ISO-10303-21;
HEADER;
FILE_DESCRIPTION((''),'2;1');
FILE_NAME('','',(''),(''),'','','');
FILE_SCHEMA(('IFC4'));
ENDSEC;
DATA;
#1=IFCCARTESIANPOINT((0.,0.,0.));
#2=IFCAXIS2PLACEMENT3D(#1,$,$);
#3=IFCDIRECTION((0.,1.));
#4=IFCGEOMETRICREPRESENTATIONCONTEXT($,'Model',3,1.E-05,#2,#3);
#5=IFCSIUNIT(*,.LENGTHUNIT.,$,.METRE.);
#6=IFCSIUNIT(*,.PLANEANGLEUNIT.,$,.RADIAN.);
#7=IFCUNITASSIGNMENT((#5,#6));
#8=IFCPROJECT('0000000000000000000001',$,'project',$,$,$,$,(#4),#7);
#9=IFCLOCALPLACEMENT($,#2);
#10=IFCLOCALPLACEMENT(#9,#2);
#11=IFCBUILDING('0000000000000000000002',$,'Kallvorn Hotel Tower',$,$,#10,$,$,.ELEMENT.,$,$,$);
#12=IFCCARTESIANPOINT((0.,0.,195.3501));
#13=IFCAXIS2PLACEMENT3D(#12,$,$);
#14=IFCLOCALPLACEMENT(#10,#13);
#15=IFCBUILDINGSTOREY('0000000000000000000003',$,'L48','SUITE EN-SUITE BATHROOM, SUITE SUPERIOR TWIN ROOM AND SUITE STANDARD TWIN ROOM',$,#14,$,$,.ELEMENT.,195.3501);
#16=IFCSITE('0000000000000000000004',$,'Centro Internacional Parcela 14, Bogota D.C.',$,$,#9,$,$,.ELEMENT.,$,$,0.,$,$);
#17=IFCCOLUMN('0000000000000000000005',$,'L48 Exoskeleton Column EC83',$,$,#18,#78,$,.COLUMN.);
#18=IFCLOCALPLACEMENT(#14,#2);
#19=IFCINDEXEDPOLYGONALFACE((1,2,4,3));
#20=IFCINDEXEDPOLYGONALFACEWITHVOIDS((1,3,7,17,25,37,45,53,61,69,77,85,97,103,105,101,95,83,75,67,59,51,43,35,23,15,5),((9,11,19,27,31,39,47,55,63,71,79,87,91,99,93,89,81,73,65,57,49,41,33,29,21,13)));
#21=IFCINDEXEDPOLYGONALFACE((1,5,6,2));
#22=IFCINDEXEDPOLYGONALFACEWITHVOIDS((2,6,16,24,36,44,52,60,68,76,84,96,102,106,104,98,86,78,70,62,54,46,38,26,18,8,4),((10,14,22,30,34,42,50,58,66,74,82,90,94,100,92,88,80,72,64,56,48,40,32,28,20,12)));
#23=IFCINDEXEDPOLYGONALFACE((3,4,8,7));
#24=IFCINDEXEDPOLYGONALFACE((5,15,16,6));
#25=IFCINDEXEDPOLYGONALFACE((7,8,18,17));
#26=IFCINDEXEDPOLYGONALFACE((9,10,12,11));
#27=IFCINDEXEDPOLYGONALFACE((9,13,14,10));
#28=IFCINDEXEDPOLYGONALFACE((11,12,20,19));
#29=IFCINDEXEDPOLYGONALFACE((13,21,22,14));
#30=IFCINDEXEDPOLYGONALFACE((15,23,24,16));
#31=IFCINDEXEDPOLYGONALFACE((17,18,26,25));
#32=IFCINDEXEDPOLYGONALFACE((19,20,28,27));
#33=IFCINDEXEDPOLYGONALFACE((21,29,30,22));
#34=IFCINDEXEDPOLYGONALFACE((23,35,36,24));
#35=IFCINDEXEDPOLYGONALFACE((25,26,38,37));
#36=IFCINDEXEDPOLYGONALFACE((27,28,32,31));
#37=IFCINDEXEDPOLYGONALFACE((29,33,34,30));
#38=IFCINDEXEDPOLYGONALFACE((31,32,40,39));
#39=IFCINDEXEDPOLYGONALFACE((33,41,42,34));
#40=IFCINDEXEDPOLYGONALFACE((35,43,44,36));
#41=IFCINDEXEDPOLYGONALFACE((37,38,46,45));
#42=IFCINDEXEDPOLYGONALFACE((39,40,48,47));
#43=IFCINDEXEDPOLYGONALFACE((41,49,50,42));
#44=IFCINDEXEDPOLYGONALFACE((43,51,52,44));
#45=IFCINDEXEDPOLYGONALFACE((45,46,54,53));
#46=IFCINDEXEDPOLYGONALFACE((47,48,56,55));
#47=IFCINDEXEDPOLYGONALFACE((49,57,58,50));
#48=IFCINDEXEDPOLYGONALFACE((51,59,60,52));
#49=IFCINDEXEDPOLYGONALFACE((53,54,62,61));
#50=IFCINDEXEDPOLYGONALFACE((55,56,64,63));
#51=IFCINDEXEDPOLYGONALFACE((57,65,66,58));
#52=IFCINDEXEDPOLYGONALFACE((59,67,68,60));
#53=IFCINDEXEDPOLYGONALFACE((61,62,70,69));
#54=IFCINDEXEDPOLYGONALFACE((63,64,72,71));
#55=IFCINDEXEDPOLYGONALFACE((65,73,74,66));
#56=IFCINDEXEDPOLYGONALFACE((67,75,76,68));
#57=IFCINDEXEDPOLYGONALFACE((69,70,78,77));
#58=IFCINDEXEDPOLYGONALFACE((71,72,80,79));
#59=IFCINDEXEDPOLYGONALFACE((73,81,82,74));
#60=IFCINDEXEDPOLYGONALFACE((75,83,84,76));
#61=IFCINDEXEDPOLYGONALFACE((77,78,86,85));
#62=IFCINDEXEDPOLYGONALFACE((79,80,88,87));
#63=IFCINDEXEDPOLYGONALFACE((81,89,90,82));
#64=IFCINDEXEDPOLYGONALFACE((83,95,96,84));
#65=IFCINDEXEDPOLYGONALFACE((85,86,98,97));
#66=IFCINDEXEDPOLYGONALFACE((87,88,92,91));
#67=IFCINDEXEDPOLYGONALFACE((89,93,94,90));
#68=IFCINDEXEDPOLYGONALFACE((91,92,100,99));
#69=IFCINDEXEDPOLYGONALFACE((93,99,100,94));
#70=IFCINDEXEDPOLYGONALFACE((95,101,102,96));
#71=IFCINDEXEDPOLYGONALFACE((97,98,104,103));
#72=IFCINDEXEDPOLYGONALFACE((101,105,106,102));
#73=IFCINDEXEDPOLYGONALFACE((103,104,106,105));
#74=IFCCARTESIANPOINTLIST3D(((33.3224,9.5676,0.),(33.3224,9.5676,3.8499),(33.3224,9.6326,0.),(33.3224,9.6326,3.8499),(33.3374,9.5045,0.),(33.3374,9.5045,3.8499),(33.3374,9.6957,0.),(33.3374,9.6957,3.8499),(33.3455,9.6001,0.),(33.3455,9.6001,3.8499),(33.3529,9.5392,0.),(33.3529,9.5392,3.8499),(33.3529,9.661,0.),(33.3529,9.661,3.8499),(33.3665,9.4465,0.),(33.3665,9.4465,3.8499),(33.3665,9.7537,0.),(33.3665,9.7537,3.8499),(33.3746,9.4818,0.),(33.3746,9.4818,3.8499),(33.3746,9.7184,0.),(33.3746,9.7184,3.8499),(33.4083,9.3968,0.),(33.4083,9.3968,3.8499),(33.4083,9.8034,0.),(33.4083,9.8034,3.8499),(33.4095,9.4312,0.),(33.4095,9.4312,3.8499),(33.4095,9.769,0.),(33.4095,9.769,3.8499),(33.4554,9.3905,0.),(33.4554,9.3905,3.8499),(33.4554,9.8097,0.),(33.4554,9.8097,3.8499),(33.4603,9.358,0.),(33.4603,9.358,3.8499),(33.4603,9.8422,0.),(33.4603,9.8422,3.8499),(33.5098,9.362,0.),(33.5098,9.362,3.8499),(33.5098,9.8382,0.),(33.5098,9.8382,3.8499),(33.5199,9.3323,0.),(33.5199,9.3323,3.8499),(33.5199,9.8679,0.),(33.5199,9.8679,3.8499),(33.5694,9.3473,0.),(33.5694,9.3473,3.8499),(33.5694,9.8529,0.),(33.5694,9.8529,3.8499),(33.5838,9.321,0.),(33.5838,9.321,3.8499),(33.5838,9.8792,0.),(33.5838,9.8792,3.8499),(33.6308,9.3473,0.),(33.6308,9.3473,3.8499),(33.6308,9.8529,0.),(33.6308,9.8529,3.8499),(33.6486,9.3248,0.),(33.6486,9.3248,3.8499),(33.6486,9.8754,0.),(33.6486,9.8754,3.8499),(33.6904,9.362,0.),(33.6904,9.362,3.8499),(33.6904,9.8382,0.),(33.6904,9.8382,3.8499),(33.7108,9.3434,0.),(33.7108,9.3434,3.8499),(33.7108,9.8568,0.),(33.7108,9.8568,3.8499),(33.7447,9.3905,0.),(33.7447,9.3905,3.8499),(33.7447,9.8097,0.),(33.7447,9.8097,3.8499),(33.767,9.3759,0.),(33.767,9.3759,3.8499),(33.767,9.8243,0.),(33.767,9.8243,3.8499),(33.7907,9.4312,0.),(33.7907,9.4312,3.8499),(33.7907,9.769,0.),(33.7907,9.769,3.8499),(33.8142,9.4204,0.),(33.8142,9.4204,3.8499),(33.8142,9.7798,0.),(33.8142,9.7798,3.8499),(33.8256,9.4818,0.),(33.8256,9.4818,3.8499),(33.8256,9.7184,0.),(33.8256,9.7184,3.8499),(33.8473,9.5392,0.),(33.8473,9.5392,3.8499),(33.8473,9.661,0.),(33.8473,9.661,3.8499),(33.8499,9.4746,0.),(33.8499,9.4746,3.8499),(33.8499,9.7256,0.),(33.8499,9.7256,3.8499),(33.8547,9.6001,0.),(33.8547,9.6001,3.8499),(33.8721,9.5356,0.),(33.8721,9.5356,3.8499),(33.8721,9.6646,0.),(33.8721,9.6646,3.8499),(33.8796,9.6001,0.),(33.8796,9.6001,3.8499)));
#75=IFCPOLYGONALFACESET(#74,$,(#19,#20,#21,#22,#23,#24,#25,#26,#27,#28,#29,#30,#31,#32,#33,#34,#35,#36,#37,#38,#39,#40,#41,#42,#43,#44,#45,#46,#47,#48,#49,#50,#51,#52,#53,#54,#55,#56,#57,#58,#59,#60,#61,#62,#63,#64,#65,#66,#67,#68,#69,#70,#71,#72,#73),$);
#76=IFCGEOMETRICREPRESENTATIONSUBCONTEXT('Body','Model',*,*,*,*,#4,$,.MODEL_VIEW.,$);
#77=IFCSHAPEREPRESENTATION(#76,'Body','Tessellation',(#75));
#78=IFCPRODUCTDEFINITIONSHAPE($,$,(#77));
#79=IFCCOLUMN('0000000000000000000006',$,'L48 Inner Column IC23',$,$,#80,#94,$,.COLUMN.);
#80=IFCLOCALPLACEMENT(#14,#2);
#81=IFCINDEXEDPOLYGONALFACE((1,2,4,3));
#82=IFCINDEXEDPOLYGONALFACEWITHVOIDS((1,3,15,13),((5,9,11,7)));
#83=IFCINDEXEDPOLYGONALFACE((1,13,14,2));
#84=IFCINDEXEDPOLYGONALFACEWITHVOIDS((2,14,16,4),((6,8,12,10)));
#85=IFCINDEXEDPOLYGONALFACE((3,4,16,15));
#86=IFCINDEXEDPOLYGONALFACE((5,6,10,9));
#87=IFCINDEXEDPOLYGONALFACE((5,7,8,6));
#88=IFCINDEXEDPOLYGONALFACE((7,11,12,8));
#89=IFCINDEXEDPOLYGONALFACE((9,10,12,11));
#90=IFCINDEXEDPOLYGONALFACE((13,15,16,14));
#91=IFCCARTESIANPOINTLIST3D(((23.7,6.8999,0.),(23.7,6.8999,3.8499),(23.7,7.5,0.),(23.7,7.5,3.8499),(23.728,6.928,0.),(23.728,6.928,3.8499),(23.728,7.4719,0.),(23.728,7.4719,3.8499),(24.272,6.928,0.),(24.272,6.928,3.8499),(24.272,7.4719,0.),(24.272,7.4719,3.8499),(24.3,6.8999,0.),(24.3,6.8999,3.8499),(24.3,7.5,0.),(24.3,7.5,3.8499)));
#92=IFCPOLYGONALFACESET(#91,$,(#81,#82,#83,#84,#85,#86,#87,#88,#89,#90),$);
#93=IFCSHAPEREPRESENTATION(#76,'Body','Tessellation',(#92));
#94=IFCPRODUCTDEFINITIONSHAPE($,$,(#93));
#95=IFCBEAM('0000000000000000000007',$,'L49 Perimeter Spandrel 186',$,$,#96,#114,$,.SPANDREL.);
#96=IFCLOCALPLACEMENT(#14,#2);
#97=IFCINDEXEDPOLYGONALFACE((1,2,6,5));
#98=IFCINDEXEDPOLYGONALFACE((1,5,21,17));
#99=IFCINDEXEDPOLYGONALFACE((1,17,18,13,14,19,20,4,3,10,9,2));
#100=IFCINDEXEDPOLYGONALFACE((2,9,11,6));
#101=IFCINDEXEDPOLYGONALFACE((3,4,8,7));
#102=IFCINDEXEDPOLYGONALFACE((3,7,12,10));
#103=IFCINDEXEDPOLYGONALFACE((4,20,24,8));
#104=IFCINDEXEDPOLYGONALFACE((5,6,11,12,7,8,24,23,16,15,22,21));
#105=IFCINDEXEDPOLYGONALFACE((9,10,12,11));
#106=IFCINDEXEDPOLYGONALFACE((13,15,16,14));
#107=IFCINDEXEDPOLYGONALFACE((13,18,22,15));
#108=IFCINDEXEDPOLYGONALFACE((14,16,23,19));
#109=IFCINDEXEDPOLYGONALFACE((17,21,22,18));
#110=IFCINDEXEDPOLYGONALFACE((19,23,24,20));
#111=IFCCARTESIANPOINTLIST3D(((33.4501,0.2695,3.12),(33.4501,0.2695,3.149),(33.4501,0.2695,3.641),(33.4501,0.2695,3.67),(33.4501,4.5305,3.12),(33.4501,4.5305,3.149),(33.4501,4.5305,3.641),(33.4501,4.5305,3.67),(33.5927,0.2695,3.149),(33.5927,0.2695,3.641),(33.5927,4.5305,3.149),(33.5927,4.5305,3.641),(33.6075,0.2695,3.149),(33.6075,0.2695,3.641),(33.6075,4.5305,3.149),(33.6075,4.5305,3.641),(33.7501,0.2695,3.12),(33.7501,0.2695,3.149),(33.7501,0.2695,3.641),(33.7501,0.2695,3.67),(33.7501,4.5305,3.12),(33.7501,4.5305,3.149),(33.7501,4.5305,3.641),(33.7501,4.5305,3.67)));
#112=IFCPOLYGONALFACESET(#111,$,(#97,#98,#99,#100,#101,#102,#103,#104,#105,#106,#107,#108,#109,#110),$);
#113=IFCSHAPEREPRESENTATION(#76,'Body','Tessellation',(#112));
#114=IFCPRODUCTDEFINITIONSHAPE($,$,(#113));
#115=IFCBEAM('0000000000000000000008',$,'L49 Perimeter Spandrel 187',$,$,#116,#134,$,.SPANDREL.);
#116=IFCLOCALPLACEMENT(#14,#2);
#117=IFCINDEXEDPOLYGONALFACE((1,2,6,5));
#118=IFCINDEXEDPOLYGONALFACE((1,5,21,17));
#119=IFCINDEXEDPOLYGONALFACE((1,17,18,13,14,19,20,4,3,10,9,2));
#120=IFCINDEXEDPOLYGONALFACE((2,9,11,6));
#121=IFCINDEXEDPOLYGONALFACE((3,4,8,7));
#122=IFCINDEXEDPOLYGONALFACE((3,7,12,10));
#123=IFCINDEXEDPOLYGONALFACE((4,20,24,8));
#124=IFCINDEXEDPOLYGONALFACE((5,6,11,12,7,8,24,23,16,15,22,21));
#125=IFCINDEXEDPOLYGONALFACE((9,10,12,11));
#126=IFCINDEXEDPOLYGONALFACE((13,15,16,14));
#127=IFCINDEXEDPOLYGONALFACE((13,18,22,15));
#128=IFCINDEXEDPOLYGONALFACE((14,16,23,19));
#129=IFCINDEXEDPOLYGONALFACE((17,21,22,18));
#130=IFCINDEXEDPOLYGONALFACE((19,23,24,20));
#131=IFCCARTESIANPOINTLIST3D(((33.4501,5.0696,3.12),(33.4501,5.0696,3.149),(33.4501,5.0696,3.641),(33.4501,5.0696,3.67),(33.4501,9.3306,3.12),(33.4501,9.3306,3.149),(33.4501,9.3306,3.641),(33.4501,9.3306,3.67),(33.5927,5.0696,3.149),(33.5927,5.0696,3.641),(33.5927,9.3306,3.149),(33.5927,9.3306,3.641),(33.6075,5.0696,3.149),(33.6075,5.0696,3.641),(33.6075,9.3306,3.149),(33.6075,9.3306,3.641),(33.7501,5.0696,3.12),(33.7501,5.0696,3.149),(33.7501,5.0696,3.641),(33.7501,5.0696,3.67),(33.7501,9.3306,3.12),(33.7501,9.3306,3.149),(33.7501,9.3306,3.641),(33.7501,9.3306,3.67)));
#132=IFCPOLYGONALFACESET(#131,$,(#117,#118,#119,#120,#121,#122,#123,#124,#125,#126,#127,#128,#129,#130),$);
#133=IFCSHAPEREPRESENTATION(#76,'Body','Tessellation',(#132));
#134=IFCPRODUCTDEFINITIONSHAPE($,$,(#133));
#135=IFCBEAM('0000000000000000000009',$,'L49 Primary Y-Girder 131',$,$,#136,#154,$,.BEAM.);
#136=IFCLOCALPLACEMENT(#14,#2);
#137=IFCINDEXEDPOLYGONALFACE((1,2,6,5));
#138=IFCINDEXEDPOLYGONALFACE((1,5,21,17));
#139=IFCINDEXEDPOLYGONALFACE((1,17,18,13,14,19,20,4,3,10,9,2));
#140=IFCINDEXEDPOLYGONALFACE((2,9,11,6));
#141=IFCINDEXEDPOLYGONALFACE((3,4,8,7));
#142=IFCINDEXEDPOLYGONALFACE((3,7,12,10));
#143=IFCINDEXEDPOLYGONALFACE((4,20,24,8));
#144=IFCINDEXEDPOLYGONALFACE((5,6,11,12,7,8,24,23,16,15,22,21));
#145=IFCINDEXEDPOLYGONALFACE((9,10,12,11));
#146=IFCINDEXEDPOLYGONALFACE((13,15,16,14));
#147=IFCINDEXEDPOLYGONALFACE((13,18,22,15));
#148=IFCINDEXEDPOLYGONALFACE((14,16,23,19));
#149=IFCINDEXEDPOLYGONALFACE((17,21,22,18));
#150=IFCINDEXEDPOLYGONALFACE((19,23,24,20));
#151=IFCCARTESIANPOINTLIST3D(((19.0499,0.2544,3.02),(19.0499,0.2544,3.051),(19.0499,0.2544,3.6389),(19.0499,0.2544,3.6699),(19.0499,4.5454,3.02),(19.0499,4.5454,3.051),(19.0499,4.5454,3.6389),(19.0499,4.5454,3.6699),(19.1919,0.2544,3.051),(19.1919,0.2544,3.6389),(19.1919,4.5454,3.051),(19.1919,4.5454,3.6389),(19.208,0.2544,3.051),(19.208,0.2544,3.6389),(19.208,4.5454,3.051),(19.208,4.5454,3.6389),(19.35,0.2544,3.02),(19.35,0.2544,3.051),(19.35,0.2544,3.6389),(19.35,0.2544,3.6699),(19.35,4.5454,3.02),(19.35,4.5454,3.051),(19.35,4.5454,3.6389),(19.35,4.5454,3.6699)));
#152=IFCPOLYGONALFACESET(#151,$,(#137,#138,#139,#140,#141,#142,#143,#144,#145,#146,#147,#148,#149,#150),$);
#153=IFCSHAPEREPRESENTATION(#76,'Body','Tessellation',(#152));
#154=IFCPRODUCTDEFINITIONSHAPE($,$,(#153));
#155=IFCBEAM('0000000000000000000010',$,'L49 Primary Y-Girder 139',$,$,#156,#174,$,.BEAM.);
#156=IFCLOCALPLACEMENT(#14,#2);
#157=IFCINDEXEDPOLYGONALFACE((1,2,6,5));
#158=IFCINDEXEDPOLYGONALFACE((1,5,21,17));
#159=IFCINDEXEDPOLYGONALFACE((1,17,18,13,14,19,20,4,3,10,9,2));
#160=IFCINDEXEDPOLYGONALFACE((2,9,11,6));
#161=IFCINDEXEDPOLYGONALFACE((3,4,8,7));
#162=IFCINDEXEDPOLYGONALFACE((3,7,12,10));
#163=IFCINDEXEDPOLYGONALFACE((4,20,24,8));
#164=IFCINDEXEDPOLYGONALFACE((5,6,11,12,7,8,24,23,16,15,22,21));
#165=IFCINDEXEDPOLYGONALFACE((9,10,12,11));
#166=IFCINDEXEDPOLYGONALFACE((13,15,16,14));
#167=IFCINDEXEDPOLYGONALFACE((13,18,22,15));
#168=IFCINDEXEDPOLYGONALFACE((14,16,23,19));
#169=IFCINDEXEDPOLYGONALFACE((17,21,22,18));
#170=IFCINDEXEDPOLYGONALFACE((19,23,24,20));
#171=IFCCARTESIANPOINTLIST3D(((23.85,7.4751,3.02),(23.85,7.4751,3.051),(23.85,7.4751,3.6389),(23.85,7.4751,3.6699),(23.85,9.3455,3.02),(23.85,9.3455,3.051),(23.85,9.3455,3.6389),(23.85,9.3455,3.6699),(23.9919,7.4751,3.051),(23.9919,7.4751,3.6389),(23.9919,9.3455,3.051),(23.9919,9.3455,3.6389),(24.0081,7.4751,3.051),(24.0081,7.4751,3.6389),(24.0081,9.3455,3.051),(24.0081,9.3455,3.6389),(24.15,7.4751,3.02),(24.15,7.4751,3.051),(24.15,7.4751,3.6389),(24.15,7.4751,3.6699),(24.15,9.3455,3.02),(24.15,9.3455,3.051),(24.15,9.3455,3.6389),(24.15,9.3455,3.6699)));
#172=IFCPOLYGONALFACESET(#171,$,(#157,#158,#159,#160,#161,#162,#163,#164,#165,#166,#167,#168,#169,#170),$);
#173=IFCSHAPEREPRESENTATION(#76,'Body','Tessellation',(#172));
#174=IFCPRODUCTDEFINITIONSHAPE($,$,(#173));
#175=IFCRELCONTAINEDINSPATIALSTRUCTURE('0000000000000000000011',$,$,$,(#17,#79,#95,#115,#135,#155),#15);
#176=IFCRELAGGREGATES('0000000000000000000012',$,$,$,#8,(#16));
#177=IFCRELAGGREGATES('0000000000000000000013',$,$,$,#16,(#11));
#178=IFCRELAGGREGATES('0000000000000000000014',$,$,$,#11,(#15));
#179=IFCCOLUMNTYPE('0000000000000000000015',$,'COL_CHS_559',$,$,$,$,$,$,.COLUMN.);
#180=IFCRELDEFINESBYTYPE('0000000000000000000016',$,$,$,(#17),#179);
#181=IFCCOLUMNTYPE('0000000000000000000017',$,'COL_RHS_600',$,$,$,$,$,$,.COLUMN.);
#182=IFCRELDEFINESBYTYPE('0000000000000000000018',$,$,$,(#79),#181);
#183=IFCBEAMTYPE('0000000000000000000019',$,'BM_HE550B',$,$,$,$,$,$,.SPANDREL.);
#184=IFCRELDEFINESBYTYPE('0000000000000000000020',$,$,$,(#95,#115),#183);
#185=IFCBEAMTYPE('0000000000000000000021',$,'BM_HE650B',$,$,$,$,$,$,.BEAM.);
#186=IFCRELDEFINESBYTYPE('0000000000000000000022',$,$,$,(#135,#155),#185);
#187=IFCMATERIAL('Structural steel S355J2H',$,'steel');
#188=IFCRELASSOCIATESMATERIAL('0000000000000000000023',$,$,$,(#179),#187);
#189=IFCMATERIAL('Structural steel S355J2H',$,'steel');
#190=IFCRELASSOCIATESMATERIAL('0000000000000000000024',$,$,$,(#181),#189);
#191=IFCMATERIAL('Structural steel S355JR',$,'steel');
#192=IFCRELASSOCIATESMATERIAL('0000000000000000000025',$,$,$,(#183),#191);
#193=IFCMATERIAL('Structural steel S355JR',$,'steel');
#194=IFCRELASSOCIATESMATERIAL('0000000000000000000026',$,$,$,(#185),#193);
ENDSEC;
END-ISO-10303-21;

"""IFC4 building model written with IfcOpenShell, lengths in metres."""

from ifc_helpers import new_model, si_unit, direction, frame, origin, origin_2d, place, context, subcontext, project, spatial, hollow_rectangle, hollow_circle, i_section, extrude, material, material_profile, profile_set, type_object, element, save


model = new_model("IFC4")

# Units and contexts
model_context = context("Model", 3, precision=1e-05, world=origin(), true_north=direction((0.0, 1.0)))
body_context = subcontext(model_context, "Body", "Model", "MODEL_VIEW")
ifc_project = project(units=[si_unit("LENGTHUNIT", "METRE"), si_unit("PLANEANGLEUNIT", "RADIAN")], contexts=[model_context])

# Site, building, storey
site_placement = place(None, origin())
site = spatial("IfcSite", under=ifc_project, at=site_placement, Name="Centro Internacional Parcela 14, Bogota D.C.", CompositionType="ELEMENT", RefElevation=0.0)
building_placement = place(site_placement, origin())
building = spatial("IfcBuilding", under=site, at=building_placement, Name="Kallvorn Hotel Tower", CompositionType="ELEMENT")
storey_placement = place(building_placement, frame((0.0, 0.0, 195.3501)))
storey = spatial("IfcBuildingStorey", under=building, at=storey_placement, Name="L48", Description="SUITE EN-SUITE BATHROOM, SUITE SUPERIOR TWIN ROOM AND SUITE STANDARD TWIN ROOM", CompositionType="ELEMENT", Elevation=195.3501)

# Columns
ifc_material_1 = material(Name="Structural steel S355J2H", Category="steel")
ifc_material_profile_1 = material_profile(ifc_material_1, hollow_circle(Radius=0.2795, WallThickness=0.0249, at=origin_2d()), Name="CHS 559x25")
ifc_profile_set_1 = profile_set([ifc_material_profile_1], Name="Structural steel S355J2H")
column_type_1 = type_object("IfcColumnType", Name="COL_CHS_559", PredefinedType="COLUMN", material=ifc_profile_set_1)
for number, where, z_axis, x_axis, name in (
    (1, (33.6001, 9.6001, 0.0), (0.0, 0.0, 1.0), (1.0, 0.0, 0.0), "L48 Exoskeleton Column EC83"),
):
    element("IfcColumn", number, at=place(storey_placement, frame(where, z_axis=z_axis, x_axis=x_axis)), inside=storey, type_object=column_type_1, Name=name, PredefinedType="COLUMN", context=body_context, shape_type="SweptSolid", body=[
        extrude(hollow_circle(Radius=0.2795, WallThickness=0.0249, at=origin_2d()), origin(), (0.0, 0.0, 1.0), 3.8499),
    ])
ifc_material_2 = material(Name="Structural steel S355J2H", Category="steel")
ifc_material_profile_2 = material_profile(ifc_material_2, hollow_rectangle(XDim=0.6001, YDim=0.6001, WallThickness=0.0281, at=origin_2d()), Name="RHS 600x600x28")
ifc_profile_set_2 = profile_set([ifc_material_profile_2], Name="Structural steel S355J2H")
column_type_2 = type_object("IfcColumnType", Name="COL_RHS_600", PredefinedType="COLUMN", material=ifc_profile_set_2)
column_placement = place(storey_placement, frame((24.0, 7.2, 0.0), z_axis=(0.0, 0.0, 1.0), x_axis=(1.0, 0.0, 0.0)))
element("IfcColumn", 2, at=column_placement, inside=storey, type_object=column_type_2, Name="L48 Inner Column IC23", PredefinedType="COLUMN", context=body_context, shape_type="SweptSolid", body=[
    extrude(hollow_rectangle(XDim=0.6001, YDim=0.6001, WallThickness=0.0281, at=origin_2d()), origin(), (0.0, 0.0, 1.0), 3.8499),
])

# Beams
ifc_material_3 = material(Name="Structural steel S355JR", Category="steel")
ifc_material_profile_3 = material_profile(ifc_material_3, i_section(OverallWidth=0.3, OverallDepth=0.55, WebThickness=0.0149, FlangeThickness=0.0291, at=origin_2d()), Name="HE 550 B")
ifc_profile_set_3 = profile_set([ifc_material_profile_3], Name="Structural steel S355JR")
beam_type_1 = type_object("IfcBeamType", Name="BM_HE550B", PredefinedType="SPANDREL", material=ifc_profile_set_3)
for number, where, z_axis, x_axis, name in (
    (3, (33.6001, 0.2695, 3.395), (0.0, 1.0, 0.0), (-1.0, 0.0, 0.0), "L49 Perimeter Spandrel 186"),
    (4, (33.6001, 5.0696, 3.395), (0.0, 1.0, 0.0), (-1.0, 0.0, 0.0), "L49 Perimeter Spandrel 187"),
):
    element("IfcBeam", number, at=place(storey_placement, frame(where, z_axis=z_axis, x_axis=x_axis)), inside=storey, type_object=beam_type_1, Name=name, PredefinedType="SPANDREL", context=body_context, shape_type="SweptSolid", body=[
        extrude(i_section(OverallWidth=0.3, OverallDepth=0.55, WebThickness=0.0149, FlangeThickness=0.0291, at=origin_2d()), origin(), (0.0, 0.0, 1.0), 4.261),
    ])
ifc_material_4 = material(Name="Structural steel S355JR", Category="steel")
ifc_material_profile_4 = material_profile(ifc_material_4, i_section(OverallWidth=0.3, OverallDepth=0.6499, WebThickness=0.0161, FlangeThickness=0.031, at=origin_2d()), Name="HE 650 B")
ifc_profile_set_4 = profile_set([ifc_material_profile_4], Name="Structural steel S355JR")
beam_type_2 = type_object("IfcBeamType", Name="BM_HE650B", PredefinedType="BEAM", material=ifc_profile_set_4)
beam_1_placement = place(storey_placement, frame((19.2, 0.2544, 3.345), z_axis=(0.0, 1.0, 0.0), x_axis=(-1.0, 0.0, 0.0)))
element("IfcBeam", 5, at=beam_1_placement, inside=storey, type_object=beam_type_2, Name="L49 Primary Y-Girder 131", PredefinedType="BEAM", context=body_context, shape_type="SweptSolid", body=[
    extrude(i_section(OverallWidth=0.3, OverallDepth=0.6499, WebThickness=0.0161, FlangeThickness=0.031, at=origin_2d()), origin(), (0.0, 0.0, 1.0), 4.291),
])
beam_2_placement = place(storey_placement, frame((24.0, 7.4751, 3.345), z_axis=(0.0, 1.0, 0.0), x_axis=(-1.0, 0.0, 0.0)))
element("IfcBeam", 6, at=beam_2_placement, inside=storey, type_object=beam_type_2, Name="L49 Primary Y-Girder 139", PredefinedType="BEAM", context=body_context, shape_type="SweptSolid", body=[
    extrude(i_section(OverallWidth=0.3, OverallDepth=0.6499, WebThickness=0.0161, FlangeThickness=0.031, at=origin_2d()), origin(), (0.0, 0.0, 1.0), 1.8704),
])

save(model, "model.ifc")
